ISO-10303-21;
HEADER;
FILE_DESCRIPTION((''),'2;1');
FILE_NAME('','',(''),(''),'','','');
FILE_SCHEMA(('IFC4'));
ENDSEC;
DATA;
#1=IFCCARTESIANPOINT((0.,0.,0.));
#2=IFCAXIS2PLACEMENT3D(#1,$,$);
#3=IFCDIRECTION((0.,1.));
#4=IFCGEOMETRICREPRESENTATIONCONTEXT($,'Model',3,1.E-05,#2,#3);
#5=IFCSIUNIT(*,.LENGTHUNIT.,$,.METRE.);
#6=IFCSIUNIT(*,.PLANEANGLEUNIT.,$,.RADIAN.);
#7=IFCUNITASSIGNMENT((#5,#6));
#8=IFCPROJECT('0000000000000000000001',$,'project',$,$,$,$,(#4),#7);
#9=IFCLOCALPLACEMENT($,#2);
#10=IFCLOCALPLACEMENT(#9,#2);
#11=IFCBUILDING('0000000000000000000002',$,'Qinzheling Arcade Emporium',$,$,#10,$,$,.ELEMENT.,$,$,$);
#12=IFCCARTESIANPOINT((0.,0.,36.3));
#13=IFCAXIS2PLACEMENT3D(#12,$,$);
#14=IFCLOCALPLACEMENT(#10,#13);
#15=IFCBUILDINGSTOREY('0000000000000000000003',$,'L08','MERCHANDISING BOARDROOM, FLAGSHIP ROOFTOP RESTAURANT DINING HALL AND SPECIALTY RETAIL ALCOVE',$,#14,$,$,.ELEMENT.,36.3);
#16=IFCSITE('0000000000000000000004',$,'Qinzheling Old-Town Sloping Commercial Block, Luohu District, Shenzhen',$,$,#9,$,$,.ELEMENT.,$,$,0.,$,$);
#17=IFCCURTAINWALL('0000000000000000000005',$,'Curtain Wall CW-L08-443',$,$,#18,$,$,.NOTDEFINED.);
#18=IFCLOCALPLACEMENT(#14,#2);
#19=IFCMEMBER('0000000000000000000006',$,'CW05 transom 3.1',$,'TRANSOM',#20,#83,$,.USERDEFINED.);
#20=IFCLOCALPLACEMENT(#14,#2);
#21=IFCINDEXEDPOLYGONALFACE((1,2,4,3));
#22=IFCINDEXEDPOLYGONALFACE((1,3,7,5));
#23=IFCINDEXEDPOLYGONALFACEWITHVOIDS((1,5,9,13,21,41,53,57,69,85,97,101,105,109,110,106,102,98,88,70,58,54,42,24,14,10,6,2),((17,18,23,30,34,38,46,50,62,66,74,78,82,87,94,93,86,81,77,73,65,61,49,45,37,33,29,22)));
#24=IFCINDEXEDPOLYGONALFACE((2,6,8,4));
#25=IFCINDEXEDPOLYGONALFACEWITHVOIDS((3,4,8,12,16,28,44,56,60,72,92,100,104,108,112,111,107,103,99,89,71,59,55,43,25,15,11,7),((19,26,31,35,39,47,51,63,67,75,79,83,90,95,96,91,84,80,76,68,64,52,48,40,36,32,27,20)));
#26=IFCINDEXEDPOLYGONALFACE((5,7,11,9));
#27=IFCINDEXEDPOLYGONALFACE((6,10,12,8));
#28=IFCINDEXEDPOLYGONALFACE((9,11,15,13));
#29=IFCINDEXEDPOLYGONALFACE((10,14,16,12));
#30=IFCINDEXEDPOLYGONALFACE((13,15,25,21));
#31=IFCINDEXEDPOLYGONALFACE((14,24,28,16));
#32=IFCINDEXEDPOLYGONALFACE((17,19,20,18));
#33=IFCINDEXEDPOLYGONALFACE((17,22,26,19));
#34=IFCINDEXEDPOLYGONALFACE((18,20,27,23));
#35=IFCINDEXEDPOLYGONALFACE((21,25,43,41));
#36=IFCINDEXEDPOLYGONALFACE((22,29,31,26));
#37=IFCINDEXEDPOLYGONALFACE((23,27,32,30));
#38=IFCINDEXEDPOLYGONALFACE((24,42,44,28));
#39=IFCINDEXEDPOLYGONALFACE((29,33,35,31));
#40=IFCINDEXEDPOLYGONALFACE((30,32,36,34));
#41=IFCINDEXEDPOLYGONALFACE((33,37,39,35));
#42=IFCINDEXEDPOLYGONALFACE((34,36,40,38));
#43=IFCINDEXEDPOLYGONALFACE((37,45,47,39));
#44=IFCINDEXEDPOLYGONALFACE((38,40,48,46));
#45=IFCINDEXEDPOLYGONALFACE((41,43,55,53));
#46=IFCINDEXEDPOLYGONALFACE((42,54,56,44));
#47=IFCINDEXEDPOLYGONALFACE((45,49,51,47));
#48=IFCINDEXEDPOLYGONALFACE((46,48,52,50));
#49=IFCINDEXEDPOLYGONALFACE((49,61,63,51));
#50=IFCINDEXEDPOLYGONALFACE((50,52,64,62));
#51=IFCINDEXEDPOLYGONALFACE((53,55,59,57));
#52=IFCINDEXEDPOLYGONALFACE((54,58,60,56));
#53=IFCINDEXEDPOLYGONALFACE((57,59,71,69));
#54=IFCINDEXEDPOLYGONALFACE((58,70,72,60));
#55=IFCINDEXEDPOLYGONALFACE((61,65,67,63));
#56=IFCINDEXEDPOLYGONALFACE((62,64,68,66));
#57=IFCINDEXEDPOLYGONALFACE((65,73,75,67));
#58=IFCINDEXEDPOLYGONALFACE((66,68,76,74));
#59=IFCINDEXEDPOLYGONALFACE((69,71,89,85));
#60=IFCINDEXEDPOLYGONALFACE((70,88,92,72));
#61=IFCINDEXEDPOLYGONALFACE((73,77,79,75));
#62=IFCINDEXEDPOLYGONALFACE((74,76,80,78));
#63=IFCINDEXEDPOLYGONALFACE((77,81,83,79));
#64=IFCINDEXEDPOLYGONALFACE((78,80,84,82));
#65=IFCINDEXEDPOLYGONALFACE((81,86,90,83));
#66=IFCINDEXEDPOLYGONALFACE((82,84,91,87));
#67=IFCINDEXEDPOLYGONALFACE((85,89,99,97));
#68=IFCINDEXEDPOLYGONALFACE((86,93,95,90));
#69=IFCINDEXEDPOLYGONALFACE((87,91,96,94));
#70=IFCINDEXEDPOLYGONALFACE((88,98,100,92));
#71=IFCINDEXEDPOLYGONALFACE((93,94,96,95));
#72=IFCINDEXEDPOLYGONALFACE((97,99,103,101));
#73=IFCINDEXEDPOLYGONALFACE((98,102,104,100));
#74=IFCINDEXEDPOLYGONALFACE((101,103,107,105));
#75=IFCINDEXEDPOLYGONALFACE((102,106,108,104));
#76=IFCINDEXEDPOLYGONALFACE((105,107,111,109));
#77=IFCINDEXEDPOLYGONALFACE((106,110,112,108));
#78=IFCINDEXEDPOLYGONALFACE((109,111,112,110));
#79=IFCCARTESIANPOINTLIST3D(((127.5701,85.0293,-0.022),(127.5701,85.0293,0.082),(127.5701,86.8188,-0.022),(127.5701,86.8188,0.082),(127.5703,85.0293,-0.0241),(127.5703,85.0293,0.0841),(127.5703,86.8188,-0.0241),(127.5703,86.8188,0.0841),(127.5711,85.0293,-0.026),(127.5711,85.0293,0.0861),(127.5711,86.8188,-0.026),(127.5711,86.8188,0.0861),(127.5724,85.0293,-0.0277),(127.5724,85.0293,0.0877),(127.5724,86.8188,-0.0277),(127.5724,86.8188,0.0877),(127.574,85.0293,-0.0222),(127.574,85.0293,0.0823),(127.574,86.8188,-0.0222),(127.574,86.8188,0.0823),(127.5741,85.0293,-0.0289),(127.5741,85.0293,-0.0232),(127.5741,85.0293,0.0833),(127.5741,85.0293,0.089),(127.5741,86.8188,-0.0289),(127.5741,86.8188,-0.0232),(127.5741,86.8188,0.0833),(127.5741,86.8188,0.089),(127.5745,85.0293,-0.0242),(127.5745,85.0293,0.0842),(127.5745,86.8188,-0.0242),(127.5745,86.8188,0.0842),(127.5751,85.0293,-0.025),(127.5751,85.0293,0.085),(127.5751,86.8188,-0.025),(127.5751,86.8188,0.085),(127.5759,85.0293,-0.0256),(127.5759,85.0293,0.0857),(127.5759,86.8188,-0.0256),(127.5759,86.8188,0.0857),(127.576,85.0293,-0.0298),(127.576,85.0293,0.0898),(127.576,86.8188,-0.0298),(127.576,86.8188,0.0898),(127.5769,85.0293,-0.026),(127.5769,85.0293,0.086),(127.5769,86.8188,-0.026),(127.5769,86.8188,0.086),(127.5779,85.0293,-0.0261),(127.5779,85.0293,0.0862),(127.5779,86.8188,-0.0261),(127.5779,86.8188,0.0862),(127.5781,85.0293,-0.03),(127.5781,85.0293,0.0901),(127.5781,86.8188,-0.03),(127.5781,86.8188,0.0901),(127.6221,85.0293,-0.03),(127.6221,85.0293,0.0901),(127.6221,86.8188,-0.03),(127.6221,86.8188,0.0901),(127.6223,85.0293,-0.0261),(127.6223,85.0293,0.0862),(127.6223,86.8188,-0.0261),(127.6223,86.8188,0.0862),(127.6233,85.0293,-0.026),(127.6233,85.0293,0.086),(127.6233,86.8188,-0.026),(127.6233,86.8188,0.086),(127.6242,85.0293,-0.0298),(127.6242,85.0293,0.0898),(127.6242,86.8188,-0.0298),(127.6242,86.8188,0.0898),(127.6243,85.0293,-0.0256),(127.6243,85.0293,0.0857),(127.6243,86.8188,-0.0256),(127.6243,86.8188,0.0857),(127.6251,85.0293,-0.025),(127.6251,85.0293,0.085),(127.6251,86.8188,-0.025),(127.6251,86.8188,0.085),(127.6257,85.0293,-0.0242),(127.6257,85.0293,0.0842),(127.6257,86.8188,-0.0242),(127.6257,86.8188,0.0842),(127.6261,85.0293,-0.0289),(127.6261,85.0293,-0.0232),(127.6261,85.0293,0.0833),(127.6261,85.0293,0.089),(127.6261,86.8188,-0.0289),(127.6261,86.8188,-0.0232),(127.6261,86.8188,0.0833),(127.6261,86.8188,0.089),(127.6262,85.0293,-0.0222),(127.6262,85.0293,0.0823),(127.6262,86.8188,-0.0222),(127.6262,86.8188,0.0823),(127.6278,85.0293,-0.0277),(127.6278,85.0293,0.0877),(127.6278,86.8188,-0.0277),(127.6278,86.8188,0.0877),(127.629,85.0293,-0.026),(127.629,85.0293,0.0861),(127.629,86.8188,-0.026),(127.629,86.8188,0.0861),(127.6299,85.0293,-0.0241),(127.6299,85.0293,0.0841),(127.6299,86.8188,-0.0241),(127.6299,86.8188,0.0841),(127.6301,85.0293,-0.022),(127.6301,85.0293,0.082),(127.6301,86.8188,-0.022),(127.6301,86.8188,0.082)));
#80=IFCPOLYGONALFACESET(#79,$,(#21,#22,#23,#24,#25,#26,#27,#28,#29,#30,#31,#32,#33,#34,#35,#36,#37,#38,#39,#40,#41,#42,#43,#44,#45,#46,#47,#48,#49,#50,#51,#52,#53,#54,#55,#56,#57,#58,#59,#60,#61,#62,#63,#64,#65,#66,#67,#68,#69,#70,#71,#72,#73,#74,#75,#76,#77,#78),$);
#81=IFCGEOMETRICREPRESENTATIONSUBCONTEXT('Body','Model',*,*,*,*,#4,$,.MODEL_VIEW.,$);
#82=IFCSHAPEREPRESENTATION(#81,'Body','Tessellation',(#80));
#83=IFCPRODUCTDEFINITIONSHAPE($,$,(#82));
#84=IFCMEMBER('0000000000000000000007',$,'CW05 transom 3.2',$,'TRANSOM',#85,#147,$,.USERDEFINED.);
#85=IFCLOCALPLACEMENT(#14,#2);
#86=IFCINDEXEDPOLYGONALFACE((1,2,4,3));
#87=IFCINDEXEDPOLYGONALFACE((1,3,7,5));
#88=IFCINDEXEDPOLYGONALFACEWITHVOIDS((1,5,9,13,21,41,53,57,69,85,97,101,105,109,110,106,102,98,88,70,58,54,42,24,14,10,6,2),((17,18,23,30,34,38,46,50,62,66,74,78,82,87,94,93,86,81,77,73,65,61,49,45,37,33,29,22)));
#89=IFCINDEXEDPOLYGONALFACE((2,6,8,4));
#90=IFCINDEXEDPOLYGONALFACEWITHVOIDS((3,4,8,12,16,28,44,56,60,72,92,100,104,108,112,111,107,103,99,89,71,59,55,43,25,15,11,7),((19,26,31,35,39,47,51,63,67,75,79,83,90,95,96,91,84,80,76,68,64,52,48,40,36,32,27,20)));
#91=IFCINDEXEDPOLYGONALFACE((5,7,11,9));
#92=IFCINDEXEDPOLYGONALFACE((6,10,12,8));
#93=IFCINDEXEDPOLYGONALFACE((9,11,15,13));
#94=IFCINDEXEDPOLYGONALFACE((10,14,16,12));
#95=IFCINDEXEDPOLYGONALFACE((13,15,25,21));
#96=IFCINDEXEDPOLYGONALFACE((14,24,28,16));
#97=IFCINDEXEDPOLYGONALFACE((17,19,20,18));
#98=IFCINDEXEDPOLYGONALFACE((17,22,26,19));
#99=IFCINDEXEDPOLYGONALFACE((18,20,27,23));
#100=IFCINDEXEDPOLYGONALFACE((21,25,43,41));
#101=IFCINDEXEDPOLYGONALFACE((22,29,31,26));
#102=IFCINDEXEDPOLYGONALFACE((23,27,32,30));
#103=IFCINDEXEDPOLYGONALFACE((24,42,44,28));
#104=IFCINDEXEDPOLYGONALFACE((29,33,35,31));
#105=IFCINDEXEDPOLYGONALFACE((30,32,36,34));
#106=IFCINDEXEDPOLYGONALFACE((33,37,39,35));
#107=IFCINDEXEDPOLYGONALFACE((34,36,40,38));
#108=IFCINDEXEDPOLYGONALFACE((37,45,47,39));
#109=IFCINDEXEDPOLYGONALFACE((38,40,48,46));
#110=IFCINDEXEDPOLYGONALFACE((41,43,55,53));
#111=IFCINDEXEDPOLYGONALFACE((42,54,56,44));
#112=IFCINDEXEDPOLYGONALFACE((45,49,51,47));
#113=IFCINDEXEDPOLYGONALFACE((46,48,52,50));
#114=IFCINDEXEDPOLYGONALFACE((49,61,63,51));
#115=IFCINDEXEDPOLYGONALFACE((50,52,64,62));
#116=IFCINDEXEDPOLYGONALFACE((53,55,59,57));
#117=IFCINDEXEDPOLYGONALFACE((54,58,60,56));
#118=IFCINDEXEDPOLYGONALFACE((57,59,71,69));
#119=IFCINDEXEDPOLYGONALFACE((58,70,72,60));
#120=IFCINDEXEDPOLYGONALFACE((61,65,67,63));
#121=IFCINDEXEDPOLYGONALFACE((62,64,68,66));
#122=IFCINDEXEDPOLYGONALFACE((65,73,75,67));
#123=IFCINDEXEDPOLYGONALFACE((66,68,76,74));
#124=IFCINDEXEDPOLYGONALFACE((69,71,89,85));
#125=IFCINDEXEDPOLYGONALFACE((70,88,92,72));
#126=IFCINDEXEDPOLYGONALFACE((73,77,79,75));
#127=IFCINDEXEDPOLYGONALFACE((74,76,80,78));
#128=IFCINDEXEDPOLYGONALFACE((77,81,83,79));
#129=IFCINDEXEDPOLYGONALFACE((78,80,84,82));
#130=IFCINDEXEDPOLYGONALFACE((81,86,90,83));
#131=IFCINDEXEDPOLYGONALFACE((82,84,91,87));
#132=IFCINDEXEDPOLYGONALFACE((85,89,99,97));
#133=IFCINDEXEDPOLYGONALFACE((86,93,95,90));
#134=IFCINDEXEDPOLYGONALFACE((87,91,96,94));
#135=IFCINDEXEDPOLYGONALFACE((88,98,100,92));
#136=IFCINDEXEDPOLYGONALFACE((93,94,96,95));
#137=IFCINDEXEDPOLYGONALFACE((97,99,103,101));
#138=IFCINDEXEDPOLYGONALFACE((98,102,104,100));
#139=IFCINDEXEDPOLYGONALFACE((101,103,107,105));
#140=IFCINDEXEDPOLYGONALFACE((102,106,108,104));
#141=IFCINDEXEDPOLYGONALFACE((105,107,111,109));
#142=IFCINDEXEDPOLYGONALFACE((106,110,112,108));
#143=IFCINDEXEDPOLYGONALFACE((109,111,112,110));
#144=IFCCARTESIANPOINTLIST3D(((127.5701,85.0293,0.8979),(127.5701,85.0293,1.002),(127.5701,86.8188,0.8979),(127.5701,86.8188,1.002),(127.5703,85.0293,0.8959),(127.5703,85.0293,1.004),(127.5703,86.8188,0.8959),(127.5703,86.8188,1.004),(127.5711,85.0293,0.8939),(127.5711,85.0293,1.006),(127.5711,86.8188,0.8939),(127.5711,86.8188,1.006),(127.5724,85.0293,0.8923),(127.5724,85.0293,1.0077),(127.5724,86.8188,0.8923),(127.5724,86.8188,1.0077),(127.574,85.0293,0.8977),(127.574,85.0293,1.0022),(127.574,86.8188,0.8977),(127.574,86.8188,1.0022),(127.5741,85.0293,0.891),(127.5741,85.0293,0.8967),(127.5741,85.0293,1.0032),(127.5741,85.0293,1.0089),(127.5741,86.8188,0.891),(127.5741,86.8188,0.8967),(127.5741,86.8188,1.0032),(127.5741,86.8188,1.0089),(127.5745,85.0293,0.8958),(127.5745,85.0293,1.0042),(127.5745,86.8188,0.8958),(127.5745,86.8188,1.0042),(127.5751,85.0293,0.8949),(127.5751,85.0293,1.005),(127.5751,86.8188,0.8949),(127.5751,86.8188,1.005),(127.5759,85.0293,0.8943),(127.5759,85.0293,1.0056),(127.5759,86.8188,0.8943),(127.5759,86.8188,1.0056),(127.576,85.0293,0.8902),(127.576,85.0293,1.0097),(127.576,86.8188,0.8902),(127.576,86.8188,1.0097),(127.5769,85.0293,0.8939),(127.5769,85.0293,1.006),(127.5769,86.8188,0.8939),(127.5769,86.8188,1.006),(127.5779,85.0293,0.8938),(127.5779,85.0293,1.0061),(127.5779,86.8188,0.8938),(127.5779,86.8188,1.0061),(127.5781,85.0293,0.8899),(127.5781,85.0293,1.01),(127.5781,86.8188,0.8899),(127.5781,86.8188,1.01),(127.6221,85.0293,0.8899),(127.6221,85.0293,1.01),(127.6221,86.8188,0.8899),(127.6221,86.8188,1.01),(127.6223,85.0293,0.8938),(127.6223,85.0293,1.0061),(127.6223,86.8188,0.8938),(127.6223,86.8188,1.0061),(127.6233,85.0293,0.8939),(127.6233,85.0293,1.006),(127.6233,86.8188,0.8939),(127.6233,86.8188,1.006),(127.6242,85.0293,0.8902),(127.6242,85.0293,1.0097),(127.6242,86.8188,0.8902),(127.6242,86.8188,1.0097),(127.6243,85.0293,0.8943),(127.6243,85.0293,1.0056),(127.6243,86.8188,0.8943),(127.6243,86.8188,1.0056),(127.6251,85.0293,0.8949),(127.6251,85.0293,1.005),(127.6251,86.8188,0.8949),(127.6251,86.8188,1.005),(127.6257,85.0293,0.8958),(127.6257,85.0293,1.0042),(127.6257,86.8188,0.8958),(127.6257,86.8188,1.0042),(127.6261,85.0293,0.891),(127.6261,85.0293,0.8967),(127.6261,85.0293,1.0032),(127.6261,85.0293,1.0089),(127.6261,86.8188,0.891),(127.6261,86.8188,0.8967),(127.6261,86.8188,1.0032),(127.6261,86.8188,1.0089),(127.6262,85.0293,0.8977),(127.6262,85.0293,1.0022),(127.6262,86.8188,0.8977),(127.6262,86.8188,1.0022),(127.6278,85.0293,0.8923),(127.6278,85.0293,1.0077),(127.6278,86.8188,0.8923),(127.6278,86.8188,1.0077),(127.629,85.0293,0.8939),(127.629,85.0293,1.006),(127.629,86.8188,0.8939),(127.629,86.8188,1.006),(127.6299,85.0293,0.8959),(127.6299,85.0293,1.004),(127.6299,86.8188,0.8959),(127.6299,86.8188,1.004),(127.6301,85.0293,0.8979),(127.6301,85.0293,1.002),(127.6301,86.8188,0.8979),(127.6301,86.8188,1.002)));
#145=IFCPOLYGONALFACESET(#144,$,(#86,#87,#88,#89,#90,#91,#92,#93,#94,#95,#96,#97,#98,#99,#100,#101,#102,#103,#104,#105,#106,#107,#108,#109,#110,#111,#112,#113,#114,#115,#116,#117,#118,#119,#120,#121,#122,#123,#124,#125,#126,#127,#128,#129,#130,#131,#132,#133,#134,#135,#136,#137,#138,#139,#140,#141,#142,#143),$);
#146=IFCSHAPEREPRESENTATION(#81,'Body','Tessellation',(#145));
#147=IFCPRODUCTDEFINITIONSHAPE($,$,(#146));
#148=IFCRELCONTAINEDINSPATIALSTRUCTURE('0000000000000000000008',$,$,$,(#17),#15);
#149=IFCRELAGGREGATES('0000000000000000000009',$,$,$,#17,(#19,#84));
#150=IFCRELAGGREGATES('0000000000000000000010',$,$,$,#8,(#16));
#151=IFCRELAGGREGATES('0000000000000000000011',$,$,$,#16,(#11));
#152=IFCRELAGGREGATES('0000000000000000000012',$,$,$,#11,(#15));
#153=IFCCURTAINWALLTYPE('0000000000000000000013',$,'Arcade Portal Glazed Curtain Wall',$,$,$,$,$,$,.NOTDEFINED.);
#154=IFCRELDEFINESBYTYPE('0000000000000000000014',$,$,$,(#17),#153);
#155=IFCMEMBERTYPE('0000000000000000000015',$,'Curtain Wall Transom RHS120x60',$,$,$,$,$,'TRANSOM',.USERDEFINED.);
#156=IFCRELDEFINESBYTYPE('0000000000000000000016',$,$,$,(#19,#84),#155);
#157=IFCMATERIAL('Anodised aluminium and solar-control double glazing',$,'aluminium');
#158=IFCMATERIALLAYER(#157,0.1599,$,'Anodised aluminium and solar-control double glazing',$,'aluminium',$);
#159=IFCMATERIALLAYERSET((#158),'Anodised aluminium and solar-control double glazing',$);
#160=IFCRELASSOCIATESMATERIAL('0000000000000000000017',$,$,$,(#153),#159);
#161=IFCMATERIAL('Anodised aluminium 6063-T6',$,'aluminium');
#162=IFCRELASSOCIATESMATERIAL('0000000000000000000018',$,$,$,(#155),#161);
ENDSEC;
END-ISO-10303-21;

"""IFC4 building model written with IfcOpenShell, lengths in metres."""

from ifc_helpers import new_model, si_unit, direction, frame, origin, origin_2d, place, context, subcontext, project, spatial, hollow_rectangle, extrude, material, layer, layer_set, material_profile, profile_set, type_object, element, aggregate, save


model = new_model("IFC4")

# Units and contexts
model_context = context("Model", 3, precision=1e-05, world=origin(), true_north=direction((0.0, 1.0)))
body_context = subcontext(model_context, "Body", "Model", "MODEL_VIEW")
ifc_project = project(units=[si_unit("LENGTHUNIT", "METRE"), si_unit("PLANEANGLEUNIT", "RADIAN")], contexts=[model_context])

# Site, building, storey
site_placement = place(None, origin())
site = spatial("IfcSite", under=ifc_project, at=site_placement, Name="Qinzheling Old-Town Sloping Commercial Block, Luohu District, Shenzhen", CompositionType="ELEMENT", RefElevation=0.0)
building_placement = place(site_placement, origin())
building = spatial("IfcBuilding", under=site, at=building_placement, Name="Qinzheling Arcade Emporium", CompositionType="ELEMENT")
storey_placement = place(building_placement, frame((0.0, 0.0, 36.3)))
storey = spatial("IfcBuildingStorey", under=building, at=storey_placement, Name="L08", Description="MERCHANDISING BOARDROOM, FLAGSHIP ROOFTOP RESTAURANT DINING HALL AND SPECIALTY RETAIL ALCOVE", CompositionType="ELEMENT", Elevation=36.3)

# Curtain wall, members
ifc_material_1 = material(Name="Anodised aluminium and solar-control double glazing", Category="aluminium")
ifc_layer_1 = layer(ifc_material_1, 0.1599, Name="Anodised aluminium and solar-control double glazing", Category="aluminium")
ifc_layer_set_1 = layer_set([ifc_layer_1], Name="Anodised aluminium and solar-control double glazing")
curtain_wall_type = type_object("IfcCurtainWallType", Name="Arcade Portal Glazed Curtain Wall", PredefinedType="NOTDEFINED", material=ifc_layer_set_1)
curtain_wall_placement = place(storey_placement, origin())
curtain_wall = element("IfcCurtainWall", 1, at=curtain_wall_placement, inside=storey, type_object=curtain_wall_type, Name="Curtain Wall CW-L08-443", PredefinedType="NOTDEFINED")
ifc_material_2 = material(Name="Anodised aluminium 6063-T6", Category="aluminium")
ifc_material_profile_1 = material_profile(ifc_material_2, hollow_rectangle(XDim=0.0601, YDim=0.1201, WallThickness=0.0039, InnerFilletRadius=0.0039, OuterFilletRadius=0.0081, at=origin_2d()), Name="RHS 120x60x4", Category="aluminium")
ifc_profile_set_1 = profile_set([ifc_material_profile_1], Name="Anodised aluminium 6063-T6")
member_type_1 = type_object("IfcMemberType", Name="Curtain Wall Transom RHS120x60", ElementType="TRANSOM", PredefinedType="USERDEFINED", material=ifc_profile_set_1)
member_1_placement = place(storey_placement, frame((127.6001, 86.8188, 0.03), z_axis=(0.0, -1.0, 0.0), x_axis=(1.0, 0.0, 0.0)))
member_1 = element("IfcMember", 2, at=member_1_placement, type_object=member_type_1, Name="CW05 transom 3.1", ObjectType="TRANSOM", PredefinedType="USERDEFINED", context=body_context, shape_type="SweptSolid", body=[
    extrude(hollow_rectangle(XDim=0.0601, YDim=0.1201, WallThickness=0.0039, InnerFilletRadius=0.0039, OuterFilletRadius=0.0081, at=origin_2d()), origin(), (0.0, 0.0, 1.0), 1.7896),
])
member_2_placement = place(storey_placement, frame((127.6001, 86.8188, 0.95), z_axis=(0.0, -1.0, 0.0), x_axis=(1.0, 0.0, 0.0)))
member_2 = element("IfcMember", 3, at=member_2_placement, type_object=member_type_1, Name="CW05 transom 3.2", ObjectType="TRANSOM", PredefinedType="USERDEFINED", context=body_context, shape_type="SweptSolid", body=[
    extrude(hollow_rectangle(XDim=0.0601, YDim=0.1201, WallThickness=0.0039, InnerFilletRadius=0.0039, OuterFilletRadius=0.0081, at=origin_2d()), origin(), (0.0, 0.0, 1.0), 1.7896),
])

aggregate(curtain_wall, [member_1, member_2])

save(model, "model.ifc")
